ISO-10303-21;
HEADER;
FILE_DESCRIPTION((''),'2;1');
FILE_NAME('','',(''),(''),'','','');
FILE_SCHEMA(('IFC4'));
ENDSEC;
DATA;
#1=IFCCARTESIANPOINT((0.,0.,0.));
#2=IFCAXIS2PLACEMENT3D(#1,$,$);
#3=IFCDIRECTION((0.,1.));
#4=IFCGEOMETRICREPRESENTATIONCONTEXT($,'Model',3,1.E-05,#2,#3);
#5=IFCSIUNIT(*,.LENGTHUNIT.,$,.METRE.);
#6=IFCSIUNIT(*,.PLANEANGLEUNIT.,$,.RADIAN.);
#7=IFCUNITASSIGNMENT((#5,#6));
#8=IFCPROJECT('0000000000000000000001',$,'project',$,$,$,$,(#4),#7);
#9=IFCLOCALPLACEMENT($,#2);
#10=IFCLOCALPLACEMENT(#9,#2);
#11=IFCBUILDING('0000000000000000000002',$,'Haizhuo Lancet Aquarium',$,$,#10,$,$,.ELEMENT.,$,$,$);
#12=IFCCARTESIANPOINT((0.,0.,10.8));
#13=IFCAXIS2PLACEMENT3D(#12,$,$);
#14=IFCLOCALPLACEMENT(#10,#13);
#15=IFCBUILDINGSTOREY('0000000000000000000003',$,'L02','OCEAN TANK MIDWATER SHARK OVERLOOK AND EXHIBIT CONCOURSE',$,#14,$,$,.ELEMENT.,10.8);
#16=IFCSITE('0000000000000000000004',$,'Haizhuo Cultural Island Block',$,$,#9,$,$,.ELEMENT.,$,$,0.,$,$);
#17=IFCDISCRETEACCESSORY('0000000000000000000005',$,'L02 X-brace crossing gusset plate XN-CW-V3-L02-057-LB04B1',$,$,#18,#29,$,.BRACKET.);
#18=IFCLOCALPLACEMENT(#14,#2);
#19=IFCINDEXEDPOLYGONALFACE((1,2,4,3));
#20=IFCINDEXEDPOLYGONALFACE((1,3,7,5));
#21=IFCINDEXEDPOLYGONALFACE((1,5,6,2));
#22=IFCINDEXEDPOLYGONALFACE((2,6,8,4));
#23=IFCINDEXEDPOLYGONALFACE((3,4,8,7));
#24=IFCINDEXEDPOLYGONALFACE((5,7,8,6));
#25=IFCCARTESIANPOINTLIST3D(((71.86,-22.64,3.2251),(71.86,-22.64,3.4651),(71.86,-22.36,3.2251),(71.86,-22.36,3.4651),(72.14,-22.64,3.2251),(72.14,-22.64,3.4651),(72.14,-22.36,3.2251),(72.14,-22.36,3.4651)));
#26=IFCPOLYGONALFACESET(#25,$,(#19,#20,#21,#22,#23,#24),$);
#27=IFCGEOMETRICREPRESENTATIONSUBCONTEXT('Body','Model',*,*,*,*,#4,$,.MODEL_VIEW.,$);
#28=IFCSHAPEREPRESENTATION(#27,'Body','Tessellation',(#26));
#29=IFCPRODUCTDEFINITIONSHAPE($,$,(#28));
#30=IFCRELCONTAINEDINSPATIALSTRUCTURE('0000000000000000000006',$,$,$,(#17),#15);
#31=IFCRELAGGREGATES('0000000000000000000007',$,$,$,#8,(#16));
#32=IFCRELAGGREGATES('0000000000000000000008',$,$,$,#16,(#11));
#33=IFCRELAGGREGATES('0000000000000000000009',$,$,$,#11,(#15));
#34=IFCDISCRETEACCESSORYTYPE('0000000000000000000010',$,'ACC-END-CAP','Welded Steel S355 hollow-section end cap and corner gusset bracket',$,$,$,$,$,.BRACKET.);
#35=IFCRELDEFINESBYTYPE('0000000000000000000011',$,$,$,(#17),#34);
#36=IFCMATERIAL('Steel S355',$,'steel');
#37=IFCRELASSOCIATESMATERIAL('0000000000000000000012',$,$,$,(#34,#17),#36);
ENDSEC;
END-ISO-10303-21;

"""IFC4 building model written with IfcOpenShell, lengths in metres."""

from ifc_helpers import new_model, si_unit, direction, frame, origin, origin_2d, place, context, subcontext, project, spatial, rectangle, extrude, material, type_object, element, save


model = new_model("IFC4")

# Units and contexts
model_context = context("Model", 3, precision=1e-05, world=origin(), true_north=direction((0.0, 1.0)))
body_context = subcontext(model_context, "Body", "Model", "MODEL_VIEW")
ifc_project = project(units=[si_unit("LENGTHUNIT", "METRE"), si_unit("PLANEANGLEUNIT", "RADIAN")], contexts=[model_context])

# Site, building, storey
site_placement = place(None, origin())
site = spatial("IfcSite", under=ifc_project, at=site_placement, Name="Haizhuo Cultural Island Block", CompositionType="ELEMENT", RefElevation=0.0)
building_placement = place(site_placement, origin())
building = spatial("IfcBuilding", under=site, at=building_placement, Name="Haizhuo Lancet Aquarium", CompositionType="ELEMENT")
storey_placement = place(building_placement, frame((0.0, 0.0, 10.8)))
storey = spatial("IfcBuildingStorey", under=building, at=storey_placement, Name="L02", Description="OCEAN TANK MIDWATER SHARK OVERLOOK AND EXHIBIT CONCOURSE", CompositionType="ELEMENT", Elevation=10.8)

# Shared definitions
ifc_material_1 = material(Name="Steel S355", Category="steel")

# Discrete accessory
discrete_accessory_type = type_object("IfcDiscreteAccessoryType", Name="ACC-END-CAP", Description="Welded Steel S355 hollow-section end cap and corner gusset bracket", PredefinedType="BRACKET", material=ifc_material_1)
for number, where, z_axis, x_axis, name in (
    (1, (72.0, -22.5, 3.2251), (0.0, 0.0, 1.0), (1.0, 0.0, 0.0), "L02 X-brace crossing gusset plate XN-CW-V3-L02-057-LB04B1"),
):
    element("IfcDiscreteAccessory", number, at=place(storey_placement, frame(where, z_axis=z_axis, x_axis=x_axis)), inside=storey, type_object=discrete_accessory_type, material=ifc_material_1, Name=name, PredefinedType="BRACKET", context=body_context, shape_type="SweptSolid", body=[
        extrude(rectangle(XDim=0.28, YDim=0.28, at=origin_2d()), origin(), (0.0, 0.0, 1.0), 0.24),
    ])

save(model, "model.ifc")
